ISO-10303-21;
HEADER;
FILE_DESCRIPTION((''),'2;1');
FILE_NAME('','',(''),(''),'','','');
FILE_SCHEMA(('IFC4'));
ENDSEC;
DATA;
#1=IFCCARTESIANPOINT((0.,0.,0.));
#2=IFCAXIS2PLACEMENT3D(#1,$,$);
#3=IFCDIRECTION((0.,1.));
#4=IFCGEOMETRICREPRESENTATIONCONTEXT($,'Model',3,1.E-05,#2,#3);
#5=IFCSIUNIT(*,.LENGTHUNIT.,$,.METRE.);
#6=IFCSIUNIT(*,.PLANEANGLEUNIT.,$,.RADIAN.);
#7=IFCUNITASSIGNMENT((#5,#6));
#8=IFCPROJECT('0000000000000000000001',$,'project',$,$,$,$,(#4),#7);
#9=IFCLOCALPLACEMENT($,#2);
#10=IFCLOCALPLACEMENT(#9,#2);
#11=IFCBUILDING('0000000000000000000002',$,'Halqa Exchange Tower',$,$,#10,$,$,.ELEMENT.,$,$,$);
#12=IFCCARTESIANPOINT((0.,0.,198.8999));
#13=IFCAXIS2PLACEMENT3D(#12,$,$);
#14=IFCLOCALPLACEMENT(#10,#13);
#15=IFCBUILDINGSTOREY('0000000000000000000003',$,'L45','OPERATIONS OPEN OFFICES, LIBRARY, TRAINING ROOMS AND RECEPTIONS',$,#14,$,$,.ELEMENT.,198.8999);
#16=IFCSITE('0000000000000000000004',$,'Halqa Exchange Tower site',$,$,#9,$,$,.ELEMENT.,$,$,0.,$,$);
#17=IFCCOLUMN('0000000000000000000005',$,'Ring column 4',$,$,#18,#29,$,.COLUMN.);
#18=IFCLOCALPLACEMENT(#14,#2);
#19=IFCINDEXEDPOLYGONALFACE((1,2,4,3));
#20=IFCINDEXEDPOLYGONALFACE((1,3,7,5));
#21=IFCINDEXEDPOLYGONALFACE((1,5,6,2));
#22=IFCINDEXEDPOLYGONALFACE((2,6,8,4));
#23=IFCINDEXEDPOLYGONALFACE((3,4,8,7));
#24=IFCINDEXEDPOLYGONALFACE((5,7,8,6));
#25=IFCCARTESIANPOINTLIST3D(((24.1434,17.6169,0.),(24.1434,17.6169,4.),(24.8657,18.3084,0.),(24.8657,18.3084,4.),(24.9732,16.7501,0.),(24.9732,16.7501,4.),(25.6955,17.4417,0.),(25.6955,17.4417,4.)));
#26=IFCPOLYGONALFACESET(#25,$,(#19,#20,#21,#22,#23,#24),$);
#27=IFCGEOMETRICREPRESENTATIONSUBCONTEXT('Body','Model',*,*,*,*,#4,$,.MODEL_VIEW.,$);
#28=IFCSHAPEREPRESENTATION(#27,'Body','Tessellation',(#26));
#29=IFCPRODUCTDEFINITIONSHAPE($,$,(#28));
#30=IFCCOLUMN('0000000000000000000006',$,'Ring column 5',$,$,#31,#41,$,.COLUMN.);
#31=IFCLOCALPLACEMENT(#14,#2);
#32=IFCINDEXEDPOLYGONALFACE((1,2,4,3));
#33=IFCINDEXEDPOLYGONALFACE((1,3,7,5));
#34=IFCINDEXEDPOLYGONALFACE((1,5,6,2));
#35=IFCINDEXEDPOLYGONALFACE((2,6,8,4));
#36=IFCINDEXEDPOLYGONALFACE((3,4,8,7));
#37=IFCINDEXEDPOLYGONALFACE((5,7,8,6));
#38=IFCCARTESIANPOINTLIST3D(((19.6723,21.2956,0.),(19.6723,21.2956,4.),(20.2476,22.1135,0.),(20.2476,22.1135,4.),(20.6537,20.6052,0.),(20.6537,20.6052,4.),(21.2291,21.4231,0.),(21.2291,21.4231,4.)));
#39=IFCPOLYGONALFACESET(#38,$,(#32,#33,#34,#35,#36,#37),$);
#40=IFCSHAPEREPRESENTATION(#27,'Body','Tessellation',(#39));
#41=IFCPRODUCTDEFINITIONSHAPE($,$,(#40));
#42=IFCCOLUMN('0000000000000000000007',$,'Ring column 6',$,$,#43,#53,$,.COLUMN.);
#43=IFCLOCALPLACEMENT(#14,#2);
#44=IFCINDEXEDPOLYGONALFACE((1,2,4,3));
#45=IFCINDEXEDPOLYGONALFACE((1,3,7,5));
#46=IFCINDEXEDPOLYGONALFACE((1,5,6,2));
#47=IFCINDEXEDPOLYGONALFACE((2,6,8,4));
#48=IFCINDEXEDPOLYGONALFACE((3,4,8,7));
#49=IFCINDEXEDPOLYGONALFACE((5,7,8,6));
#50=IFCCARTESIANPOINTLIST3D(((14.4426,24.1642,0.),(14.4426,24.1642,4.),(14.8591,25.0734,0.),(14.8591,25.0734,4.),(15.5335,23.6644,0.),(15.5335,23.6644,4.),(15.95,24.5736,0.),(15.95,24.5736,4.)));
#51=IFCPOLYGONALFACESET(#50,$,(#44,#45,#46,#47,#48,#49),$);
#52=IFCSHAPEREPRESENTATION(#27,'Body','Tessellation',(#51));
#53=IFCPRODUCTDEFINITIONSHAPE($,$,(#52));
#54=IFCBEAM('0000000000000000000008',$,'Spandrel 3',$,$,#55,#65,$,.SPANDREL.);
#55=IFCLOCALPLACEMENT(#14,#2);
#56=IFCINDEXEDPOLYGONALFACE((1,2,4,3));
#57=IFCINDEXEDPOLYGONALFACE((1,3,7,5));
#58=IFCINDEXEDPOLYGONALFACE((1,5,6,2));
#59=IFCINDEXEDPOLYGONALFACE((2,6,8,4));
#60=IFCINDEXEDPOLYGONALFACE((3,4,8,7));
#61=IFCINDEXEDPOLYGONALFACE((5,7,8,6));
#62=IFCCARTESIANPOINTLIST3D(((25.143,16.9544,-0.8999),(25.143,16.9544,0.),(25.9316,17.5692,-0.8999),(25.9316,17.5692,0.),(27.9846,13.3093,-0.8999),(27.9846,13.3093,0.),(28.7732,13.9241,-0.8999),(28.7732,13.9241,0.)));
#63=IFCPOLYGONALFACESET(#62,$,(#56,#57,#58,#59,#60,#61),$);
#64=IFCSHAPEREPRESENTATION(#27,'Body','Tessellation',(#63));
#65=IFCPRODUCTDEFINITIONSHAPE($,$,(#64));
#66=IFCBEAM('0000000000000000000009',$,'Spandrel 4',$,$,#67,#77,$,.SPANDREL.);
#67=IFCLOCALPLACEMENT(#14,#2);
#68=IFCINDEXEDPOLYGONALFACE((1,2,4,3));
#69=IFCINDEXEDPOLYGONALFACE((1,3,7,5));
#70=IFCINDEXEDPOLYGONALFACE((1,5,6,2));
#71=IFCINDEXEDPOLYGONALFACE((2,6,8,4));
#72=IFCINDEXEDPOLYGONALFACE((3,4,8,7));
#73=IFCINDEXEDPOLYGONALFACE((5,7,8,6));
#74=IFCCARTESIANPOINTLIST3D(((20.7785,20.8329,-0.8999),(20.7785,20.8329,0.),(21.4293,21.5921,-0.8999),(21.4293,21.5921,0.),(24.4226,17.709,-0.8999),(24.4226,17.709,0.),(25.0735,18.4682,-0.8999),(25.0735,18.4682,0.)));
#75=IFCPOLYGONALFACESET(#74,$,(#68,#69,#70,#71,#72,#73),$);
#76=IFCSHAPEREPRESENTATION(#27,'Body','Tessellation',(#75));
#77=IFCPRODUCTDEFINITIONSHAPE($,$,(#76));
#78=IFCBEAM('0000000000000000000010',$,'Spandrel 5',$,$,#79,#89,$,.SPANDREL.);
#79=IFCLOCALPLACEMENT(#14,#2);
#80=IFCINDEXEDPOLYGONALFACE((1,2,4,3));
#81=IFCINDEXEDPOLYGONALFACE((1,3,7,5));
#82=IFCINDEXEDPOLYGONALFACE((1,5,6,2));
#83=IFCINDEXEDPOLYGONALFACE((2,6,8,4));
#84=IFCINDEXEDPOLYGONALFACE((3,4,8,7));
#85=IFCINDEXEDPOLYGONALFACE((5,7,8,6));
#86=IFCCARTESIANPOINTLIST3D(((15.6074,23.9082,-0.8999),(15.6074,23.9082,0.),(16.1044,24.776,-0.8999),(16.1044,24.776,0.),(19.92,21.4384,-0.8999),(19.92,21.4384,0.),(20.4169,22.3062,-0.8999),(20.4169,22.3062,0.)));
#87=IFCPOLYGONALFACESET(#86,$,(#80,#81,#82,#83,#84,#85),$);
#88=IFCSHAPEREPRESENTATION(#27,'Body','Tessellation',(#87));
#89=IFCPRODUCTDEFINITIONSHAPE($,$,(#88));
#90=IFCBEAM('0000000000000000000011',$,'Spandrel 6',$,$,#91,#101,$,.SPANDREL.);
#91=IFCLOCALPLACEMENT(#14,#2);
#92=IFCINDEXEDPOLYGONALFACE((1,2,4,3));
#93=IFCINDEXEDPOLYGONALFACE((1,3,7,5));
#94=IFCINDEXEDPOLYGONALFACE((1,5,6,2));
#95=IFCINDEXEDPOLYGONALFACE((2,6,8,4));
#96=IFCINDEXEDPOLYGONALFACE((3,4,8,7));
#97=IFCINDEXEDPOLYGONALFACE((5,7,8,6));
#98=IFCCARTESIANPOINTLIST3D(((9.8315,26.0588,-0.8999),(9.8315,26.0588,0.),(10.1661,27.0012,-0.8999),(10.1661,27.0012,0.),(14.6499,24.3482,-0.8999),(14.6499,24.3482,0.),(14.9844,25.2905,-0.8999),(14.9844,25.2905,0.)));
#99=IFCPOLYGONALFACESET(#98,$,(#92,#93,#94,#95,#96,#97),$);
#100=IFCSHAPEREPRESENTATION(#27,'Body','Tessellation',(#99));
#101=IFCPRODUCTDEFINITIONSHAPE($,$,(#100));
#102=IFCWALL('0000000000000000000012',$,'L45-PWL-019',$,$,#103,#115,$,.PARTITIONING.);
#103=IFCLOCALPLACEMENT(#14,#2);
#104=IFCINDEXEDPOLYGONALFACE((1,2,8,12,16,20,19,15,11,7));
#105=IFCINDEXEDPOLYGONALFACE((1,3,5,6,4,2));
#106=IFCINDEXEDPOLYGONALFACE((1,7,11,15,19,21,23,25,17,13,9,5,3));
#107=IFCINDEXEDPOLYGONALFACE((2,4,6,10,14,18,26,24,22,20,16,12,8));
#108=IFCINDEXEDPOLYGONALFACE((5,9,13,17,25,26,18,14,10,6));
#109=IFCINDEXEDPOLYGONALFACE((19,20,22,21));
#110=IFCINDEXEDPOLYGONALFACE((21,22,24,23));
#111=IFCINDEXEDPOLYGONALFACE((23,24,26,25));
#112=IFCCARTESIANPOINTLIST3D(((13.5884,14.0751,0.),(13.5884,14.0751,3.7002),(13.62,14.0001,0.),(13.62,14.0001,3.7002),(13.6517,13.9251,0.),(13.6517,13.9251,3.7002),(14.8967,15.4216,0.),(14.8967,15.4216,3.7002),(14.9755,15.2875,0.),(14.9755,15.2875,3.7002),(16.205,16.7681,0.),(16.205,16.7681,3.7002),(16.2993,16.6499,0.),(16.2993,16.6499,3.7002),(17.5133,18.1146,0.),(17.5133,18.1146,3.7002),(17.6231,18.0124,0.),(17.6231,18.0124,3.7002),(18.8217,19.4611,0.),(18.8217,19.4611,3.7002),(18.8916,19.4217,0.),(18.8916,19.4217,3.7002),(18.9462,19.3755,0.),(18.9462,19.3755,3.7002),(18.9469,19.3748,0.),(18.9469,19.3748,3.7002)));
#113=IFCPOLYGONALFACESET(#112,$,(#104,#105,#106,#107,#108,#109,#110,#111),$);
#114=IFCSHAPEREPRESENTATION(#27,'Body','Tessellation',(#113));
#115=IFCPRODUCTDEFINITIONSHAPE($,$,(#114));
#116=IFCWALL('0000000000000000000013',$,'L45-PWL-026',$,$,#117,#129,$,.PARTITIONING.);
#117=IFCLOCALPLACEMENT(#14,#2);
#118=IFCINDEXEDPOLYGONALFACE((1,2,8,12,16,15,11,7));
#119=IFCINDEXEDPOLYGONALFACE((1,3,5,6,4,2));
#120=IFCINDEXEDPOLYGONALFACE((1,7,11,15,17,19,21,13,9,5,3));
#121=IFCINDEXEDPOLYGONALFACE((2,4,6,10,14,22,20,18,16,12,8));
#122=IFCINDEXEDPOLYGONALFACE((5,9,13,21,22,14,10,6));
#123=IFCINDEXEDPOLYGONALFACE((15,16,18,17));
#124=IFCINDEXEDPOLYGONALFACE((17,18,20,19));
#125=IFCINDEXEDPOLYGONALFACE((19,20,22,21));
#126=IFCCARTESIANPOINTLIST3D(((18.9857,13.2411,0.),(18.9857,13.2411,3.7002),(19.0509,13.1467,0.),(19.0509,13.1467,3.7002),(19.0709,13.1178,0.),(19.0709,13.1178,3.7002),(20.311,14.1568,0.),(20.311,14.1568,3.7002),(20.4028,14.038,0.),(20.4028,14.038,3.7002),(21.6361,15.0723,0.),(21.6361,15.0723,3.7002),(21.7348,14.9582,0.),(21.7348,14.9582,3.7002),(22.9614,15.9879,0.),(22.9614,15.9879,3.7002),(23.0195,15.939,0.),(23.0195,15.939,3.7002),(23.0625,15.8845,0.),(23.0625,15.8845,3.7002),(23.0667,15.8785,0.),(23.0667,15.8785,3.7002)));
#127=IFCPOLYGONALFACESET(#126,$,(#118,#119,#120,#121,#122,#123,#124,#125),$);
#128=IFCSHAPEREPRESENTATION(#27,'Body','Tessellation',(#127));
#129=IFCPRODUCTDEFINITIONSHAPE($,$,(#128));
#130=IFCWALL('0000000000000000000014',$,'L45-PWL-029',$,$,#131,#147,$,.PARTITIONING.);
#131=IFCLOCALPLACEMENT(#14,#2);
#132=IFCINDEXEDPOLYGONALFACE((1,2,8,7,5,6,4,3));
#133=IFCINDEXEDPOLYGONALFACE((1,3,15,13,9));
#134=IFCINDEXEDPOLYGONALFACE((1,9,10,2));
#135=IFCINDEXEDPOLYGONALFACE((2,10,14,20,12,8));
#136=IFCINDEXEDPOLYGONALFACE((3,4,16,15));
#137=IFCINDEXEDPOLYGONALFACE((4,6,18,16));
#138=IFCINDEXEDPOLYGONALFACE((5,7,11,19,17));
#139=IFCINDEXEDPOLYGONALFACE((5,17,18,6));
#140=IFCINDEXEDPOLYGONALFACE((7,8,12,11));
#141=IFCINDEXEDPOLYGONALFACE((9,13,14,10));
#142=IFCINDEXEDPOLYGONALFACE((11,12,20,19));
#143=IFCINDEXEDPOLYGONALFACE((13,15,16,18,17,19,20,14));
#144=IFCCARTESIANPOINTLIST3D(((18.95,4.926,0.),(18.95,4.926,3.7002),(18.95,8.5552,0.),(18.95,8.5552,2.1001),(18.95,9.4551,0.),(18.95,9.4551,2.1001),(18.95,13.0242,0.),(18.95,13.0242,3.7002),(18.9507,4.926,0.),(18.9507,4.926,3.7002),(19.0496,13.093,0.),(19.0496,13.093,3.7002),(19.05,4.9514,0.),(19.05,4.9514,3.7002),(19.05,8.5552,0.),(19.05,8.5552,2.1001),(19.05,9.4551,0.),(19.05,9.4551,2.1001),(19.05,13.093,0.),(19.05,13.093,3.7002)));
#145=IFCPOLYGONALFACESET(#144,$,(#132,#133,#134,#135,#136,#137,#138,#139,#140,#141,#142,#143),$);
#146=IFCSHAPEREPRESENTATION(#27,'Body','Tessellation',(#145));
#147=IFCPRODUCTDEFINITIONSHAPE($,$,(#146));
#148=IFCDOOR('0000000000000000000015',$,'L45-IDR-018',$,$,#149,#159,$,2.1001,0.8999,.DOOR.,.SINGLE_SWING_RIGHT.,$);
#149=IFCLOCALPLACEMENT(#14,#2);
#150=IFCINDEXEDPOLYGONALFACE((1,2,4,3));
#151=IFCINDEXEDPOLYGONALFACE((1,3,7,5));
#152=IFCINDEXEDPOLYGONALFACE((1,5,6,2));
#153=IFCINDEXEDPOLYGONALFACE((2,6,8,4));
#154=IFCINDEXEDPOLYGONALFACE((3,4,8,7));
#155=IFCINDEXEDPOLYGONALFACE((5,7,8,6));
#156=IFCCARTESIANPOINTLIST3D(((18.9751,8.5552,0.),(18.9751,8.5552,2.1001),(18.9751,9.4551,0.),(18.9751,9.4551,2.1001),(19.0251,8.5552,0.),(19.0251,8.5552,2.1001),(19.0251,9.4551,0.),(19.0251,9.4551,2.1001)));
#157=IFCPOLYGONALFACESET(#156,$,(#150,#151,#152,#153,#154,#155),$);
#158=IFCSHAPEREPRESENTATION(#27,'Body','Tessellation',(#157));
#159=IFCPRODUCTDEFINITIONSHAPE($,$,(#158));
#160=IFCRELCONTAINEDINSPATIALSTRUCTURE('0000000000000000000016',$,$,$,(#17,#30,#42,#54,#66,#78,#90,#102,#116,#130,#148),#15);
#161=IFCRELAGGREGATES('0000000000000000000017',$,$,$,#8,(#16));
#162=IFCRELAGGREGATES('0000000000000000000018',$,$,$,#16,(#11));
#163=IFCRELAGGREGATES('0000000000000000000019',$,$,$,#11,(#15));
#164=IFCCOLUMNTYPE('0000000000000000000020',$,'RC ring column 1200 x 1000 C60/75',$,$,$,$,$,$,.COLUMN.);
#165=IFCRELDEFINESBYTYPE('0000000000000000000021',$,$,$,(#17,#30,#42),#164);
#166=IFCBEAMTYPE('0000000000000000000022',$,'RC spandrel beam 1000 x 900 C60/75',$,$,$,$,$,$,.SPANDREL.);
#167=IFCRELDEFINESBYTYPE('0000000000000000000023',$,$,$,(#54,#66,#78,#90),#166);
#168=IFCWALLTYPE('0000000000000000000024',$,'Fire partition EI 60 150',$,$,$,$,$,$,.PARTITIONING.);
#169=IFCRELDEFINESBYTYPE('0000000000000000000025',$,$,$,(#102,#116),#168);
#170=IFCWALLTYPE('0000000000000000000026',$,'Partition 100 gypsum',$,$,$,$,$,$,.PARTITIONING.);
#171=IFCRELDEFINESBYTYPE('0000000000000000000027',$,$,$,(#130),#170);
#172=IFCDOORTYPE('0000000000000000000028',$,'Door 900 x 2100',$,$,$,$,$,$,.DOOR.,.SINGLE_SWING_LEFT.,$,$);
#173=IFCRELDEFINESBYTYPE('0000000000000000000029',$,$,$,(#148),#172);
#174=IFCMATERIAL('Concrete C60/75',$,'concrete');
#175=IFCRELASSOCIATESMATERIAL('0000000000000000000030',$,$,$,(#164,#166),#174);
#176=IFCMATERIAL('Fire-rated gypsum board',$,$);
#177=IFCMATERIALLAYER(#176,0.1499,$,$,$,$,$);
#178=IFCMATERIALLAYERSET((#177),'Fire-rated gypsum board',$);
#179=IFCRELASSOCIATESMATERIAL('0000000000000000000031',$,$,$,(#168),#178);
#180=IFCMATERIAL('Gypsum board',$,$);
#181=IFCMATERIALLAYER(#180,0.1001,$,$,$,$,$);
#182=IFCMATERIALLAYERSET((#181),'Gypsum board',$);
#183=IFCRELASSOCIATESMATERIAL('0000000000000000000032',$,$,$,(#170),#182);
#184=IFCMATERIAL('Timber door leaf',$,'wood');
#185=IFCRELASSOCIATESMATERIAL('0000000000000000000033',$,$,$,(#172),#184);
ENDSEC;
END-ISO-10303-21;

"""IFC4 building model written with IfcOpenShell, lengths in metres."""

from ifc_helpers import new_model, si_unit, direction, frame, frame_2d, origin, origin_2d, place, context, subcontext, project, spatial, polyline, rectangle, outline, extrude, material, layer, layer_set, material_profile, profile_set, type_object, element, fill, save


model = new_model("IFC4")

# Units and contexts
model_context = context("Model", 3, precision=1e-05, world=origin(), true_north=direction((0.0, 1.0)))
body_context = subcontext(model_context, "Body", "Model", "MODEL_VIEW")
ifc_project = project(units=[si_unit("LENGTHUNIT", "METRE"), si_unit("PLANEANGLEUNIT", "RADIAN")], contexts=[model_context])

# Site, building, storey
site_placement = place(None, origin())
site = spatial("IfcSite", under=ifc_project, at=site_placement, Name="Halqa Exchange Tower site", CompositionType="ELEMENT", RefElevation=0.0)
building_placement = place(site_placement, origin())
building = spatial("IfcBuilding", under=site, at=building_placement, Name="Halqa Exchange Tower", CompositionType="ELEMENT")
storey_placement = place(building_placement, frame((0.0, 0.0, 198.8999)))
storey = spatial("IfcBuildingStorey", under=building, at=storey_placement, Name="L45", Description="OPERATIONS OPEN OFFICES, LIBRARY, TRAINING ROOMS AND RECEPTIONS", CompositionType="ELEMENT", Elevation=198.8999)

# Columns
ifc_material_1 = material(Name="Concrete C60/75", Category="concrete")
ifc_material_profile_1 = material_profile(ifc_material_1, rectangle(XDim=1.2, YDim=1.0, at=origin_2d()), Name="1200 x 1000")
ifc_profile_set_1 = profile_set([ifc_material_profile_1], Name="Concrete C60/75")
column_type = type_object("IfcColumnType", Name="RC ring column 1200 x 1000 C60/75", PredefinedType="COLUMN", material=ifc_profile_set_1)
for number, where, z_axis, x_axis, name in (
    (1, (24.9194, 17.5293, 0.0), (0.0, 0.0, 1.0), (-0.691577, 0.722302, 0.0), "Ring column 4"),
    (2, (20.4507, 21.3594, 0.0), (0.0, 0.0, 1.0), (-0.817909, 0.575348, 0.0), "Ring column 5"),
    (3, (15.1963, 24.3689, 0.0), (0.0, 0.0, 1.0), (-0.909126, 0.41652, 0.0), "Ring column 6"),
):
    element("IfcColumn", number, at=place(storey_placement, frame(where, z_axis=z_axis, x_axis=x_axis)), inside=storey, type_object=column_type, Name=name, PredefinedType="COLUMN", context=body_context, shape_type="SweptSolid", body=[
        extrude(rectangle(XDim=1.2, YDim=1.0, at=origin_2d()), origin(), (0.0, 0.0, 1.0), 4.0),
    ])

# Beams
ifc_material_profile_2 = material_profile(ifc_material_1, rectangle(XDim=1.0, YDim=0.8999, at=origin_2d()), Name="1000 x 900")
ifc_profile_set_2 = profile_set([ifc_material_profile_2], Name="Concrete C60/75")
beam_type = type_object("IfcBeamType", Name="RC spandrel beam 1000 x 900 C60/75", PredefinedType="SPANDREL", material=ifc_profile_set_2)
beam_1_placement = place(storey_placement, frame((28.3789, 13.6167, -0.45), z_axis=(-0.614822, 0.788666, 0.0), x_axis=(-0.788666, -0.614822, 0.0)))
element("IfcBeam", 4, at=beam_1_placement, inside=storey, type_object=beam_type, Name="Spandrel 3", PredefinedType="SPANDREL", context=body_context, shape_type="SweptSolid", body=[
    extrude(rectangle(XDim=1.0, YDim=0.8999, at=origin_2d()), origin(), (0.0, 0.0, 1.0), 4.6218),
])
beam_2_placement = place(storey_placement, frame((24.748, 18.0886, -0.45), z_axis=(-0.759224, 0.650829, 0.0), x_axis=(-0.650829, -0.759224, 0.0)))
element("IfcBeam", 5, at=beam_2_placement, inside=storey, type_object=beam_type, Name="Spandrel 4", PredefinedType="SPANDREL", context=body_context, shape_type="SweptSolid", body=[
    extrude(rectangle(XDim=1.0, YDim=0.8999, at=origin_2d()), origin(), (0.0, 0.0, 1.0), 4.7998),
])
beam_3_placement = place(storey_placement, frame((20.1685, 21.8723, -0.45), z_axis=(-0.867771, 0.496964, 0.0), x_axis=(-0.496964, -0.867771, 0.0)))
element("IfcBeam", 6, at=beam_3_placement, inside=storey, type_object=beam_type, Name="Spandrel 5", PredefinedType="SPANDREL", context=body_context, shape_type="SweptSolid", body=[
    extrude(rectangle(XDim=1.0, YDim=0.8999, at=origin_2d()), origin(), (0.0, 0.0, 1.0), 4.9697),
])
beam_4_placement = place(storey_placement, frame((14.8171, 24.8193, -0.45), z_axis=(-0.942369, 0.334575, 0.0), x_axis=(-0.334575, -0.942369, 0.0)))
element("IfcBeam", 7, at=beam_4_placement, inside=storey, type_object=beam_type, Name="Spandrel 6", PredefinedType="SPANDREL", context=body_context, shape_type="SweptSolid", body=[
    extrude(rectangle(XDim=1.0, YDim=0.8999, at=origin_2d()), origin(), (0.0, 0.0, 1.0), 5.113),
])

# Walls
ifc_material_2 = material(Name="Fire-rated gypsum board")
ifc_layer_1 = layer(ifc_material_2, 0.1499)
ifc_layer_set_1 = layer_set([ifc_layer_1], Name="Fire-rated gypsum board")
wall_type_1 = type_object("IfcWallType", Name="Fire partition EI 60 150", PredefinedType="PARTITIONING", material=ifc_layer_set_1)
wall_1_placement = place(storey_placement, frame((13.5979, 13.9773, 0.0), z_axis=(0.0, 0.0, 1.0), x_axis=(0.696865, 0.717203, 0.0)))
element("IfcWall", 8, at=wall_1_placement, inside=storey, type_object=wall_type_1, Name="L45-PWL-019", PredefinedType="PARTITIONING", context=body_context, shape_type="SweptSolid", body=[
    extrude(outline(polyline([(7.5986, -0.075), (7.5986, -0.074), (7.5938, -0.0027), (7.5732, 0.075), (5.6958, 0.075), (3.8184, 0.075), (1.9409, 0.075), (0.0635, 0.075), (0.0317, 0.0), (0.0, -0.075), (1.8997, -0.075), (3.7993, -0.075), (5.699, -0.075), (7.5986, -0.075)])), origin(), (0.0, 0.0, 1.0), 3.7002),
])
wall_2_placement = place(storey_placement, frame((19.0283, 13.1794, 0.0), z_axis=(0.0, 0.0, 1.0), x_axis=(0.822733, 0.568428, 0.0)))
element("IfcWall", 9, at=wall_2_placement, inside=storey, type_object=wall_type_1, Name="L45-PWL-026", PredefinedType="PARTITIONING", context=body_context, shape_type="SweptSolid", body=[
    extrude(outline(polyline([(4.8567, -0.075), (4.8567, -0.0676), (4.8523, 0.0017), (4.8323, 0.075), (3.2214, 0.075), (1.6108, 0.075), (0.0, 0.075), (0.0, -0.0398), (0.0, -0.075), (1.6189, -0.075), (3.2378, -0.075), (4.8567, -0.075)])), origin(), (0.0, 0.0, 1.0), 3.7002),
])

# Wall, opening, door
ifc_material_3 = material(Name="Gypsum board")
ifc_layer_2 = layer(ifc_material_3, 0.1001)
ifc_layer_set_2 = layer_set([ifc_layer_2], Name="Gypsum board")
wall_type_2 = type_object("IfcWallType", Name="Partition 100 gypsum", PredefinedType="PARTITIONING", material=ifc_layer_set_2)
wall_3_placement = place(storey_placement, frame((19.0, 13.093, 0.0), z_axis=(0.0, 0.0, 1.0), x_axis=(0.0, -1.0, 0.0)))
wall_3 = element("IfcWall", 10, at=wall_3_placement, inside=storey, type_object=wall_type_2, Name="L45-PWL-029", PredefinedType="PARTITIONING", context=body_context, shape_type="SweptSolid", body=[
    extrude(outline(polyline([(8.167, -0.05), (8.167, -0.0493), (8.1416, 0.05), (6.5132, 0.05), (4.885, 0.05), (3.2566, 0.05), (1.6284, 0.05), (0.0, 0.05), (0.0, 0.0496), (0.0688, -0.05), (1.6885, -0.05), (3.3081, -0.05), (4.9277, -0.05), (6.5474, -0.05), (8.167, -0.05)])), origin(), (0.0, 0.0, 1.0), 3.7002),
])
opening_1_placement = place(wall_3_placement, frame((3.6379, 0.0, 0.0)))
opening_1 = element("IfcOpeningElement", 11, at=opening_1_placement, cuts=wall_3, PredefinedType="OPENING", context=body_context, shape_type="SweptSolid", body=[
    extrude(rectangle(XDim=0.8999, YDim=2.1001, at=frame_2d((0.45, 1.05))), frame((0.0, 0.062, 0.0), z_axis=(0.0, -1.0, 0.0), x_axis=(1.0, 0.0, 0.0)), (0.0, 0.0, 1.0), 0.124),
])
ifc_material_4 = material(Name="Timber door leaf", Category="wood")
door_type_1 = type_object("IfcDoorType", Name="Door 900 x 2100", OperationType="SINGLE_SWING_LEFT", PredefinedType="DOOR", material=ifc_material_4)
door_1_placement = place(opening_1_placement, frame((0.8999, 0.0, 0.0), z_axis=(0.0, 0.0, 1.0), x_axis=(-1.0, 0.0, 0.0)))
door_1 = element("IfcDoor", 12, at=door_1_placement, inside=storey, type_object=door_type_1, Name="L45-IDR-018", OperationType="SINGLE_SWING_RIGHT", OverallHeight=2.1001, OverallWidth=0.8999, PredefinedType="DOOR", context=body_context, shape_type="SweptSolid", body=[
    extrude(rectangle(XDim=0.8999, YDim=2.1001, at=frame_2d((0.45, 1.05))), frame((0.0, 0.0249, 0.0), z_axis=(0.0, -1.0, 0.0), x_axis=(1.0, 0.0, 0.0)), (0.0, 0.0, 1.0), 0.05),
])
fill(opening_1, door_1)

save(model, "model.ifc")
